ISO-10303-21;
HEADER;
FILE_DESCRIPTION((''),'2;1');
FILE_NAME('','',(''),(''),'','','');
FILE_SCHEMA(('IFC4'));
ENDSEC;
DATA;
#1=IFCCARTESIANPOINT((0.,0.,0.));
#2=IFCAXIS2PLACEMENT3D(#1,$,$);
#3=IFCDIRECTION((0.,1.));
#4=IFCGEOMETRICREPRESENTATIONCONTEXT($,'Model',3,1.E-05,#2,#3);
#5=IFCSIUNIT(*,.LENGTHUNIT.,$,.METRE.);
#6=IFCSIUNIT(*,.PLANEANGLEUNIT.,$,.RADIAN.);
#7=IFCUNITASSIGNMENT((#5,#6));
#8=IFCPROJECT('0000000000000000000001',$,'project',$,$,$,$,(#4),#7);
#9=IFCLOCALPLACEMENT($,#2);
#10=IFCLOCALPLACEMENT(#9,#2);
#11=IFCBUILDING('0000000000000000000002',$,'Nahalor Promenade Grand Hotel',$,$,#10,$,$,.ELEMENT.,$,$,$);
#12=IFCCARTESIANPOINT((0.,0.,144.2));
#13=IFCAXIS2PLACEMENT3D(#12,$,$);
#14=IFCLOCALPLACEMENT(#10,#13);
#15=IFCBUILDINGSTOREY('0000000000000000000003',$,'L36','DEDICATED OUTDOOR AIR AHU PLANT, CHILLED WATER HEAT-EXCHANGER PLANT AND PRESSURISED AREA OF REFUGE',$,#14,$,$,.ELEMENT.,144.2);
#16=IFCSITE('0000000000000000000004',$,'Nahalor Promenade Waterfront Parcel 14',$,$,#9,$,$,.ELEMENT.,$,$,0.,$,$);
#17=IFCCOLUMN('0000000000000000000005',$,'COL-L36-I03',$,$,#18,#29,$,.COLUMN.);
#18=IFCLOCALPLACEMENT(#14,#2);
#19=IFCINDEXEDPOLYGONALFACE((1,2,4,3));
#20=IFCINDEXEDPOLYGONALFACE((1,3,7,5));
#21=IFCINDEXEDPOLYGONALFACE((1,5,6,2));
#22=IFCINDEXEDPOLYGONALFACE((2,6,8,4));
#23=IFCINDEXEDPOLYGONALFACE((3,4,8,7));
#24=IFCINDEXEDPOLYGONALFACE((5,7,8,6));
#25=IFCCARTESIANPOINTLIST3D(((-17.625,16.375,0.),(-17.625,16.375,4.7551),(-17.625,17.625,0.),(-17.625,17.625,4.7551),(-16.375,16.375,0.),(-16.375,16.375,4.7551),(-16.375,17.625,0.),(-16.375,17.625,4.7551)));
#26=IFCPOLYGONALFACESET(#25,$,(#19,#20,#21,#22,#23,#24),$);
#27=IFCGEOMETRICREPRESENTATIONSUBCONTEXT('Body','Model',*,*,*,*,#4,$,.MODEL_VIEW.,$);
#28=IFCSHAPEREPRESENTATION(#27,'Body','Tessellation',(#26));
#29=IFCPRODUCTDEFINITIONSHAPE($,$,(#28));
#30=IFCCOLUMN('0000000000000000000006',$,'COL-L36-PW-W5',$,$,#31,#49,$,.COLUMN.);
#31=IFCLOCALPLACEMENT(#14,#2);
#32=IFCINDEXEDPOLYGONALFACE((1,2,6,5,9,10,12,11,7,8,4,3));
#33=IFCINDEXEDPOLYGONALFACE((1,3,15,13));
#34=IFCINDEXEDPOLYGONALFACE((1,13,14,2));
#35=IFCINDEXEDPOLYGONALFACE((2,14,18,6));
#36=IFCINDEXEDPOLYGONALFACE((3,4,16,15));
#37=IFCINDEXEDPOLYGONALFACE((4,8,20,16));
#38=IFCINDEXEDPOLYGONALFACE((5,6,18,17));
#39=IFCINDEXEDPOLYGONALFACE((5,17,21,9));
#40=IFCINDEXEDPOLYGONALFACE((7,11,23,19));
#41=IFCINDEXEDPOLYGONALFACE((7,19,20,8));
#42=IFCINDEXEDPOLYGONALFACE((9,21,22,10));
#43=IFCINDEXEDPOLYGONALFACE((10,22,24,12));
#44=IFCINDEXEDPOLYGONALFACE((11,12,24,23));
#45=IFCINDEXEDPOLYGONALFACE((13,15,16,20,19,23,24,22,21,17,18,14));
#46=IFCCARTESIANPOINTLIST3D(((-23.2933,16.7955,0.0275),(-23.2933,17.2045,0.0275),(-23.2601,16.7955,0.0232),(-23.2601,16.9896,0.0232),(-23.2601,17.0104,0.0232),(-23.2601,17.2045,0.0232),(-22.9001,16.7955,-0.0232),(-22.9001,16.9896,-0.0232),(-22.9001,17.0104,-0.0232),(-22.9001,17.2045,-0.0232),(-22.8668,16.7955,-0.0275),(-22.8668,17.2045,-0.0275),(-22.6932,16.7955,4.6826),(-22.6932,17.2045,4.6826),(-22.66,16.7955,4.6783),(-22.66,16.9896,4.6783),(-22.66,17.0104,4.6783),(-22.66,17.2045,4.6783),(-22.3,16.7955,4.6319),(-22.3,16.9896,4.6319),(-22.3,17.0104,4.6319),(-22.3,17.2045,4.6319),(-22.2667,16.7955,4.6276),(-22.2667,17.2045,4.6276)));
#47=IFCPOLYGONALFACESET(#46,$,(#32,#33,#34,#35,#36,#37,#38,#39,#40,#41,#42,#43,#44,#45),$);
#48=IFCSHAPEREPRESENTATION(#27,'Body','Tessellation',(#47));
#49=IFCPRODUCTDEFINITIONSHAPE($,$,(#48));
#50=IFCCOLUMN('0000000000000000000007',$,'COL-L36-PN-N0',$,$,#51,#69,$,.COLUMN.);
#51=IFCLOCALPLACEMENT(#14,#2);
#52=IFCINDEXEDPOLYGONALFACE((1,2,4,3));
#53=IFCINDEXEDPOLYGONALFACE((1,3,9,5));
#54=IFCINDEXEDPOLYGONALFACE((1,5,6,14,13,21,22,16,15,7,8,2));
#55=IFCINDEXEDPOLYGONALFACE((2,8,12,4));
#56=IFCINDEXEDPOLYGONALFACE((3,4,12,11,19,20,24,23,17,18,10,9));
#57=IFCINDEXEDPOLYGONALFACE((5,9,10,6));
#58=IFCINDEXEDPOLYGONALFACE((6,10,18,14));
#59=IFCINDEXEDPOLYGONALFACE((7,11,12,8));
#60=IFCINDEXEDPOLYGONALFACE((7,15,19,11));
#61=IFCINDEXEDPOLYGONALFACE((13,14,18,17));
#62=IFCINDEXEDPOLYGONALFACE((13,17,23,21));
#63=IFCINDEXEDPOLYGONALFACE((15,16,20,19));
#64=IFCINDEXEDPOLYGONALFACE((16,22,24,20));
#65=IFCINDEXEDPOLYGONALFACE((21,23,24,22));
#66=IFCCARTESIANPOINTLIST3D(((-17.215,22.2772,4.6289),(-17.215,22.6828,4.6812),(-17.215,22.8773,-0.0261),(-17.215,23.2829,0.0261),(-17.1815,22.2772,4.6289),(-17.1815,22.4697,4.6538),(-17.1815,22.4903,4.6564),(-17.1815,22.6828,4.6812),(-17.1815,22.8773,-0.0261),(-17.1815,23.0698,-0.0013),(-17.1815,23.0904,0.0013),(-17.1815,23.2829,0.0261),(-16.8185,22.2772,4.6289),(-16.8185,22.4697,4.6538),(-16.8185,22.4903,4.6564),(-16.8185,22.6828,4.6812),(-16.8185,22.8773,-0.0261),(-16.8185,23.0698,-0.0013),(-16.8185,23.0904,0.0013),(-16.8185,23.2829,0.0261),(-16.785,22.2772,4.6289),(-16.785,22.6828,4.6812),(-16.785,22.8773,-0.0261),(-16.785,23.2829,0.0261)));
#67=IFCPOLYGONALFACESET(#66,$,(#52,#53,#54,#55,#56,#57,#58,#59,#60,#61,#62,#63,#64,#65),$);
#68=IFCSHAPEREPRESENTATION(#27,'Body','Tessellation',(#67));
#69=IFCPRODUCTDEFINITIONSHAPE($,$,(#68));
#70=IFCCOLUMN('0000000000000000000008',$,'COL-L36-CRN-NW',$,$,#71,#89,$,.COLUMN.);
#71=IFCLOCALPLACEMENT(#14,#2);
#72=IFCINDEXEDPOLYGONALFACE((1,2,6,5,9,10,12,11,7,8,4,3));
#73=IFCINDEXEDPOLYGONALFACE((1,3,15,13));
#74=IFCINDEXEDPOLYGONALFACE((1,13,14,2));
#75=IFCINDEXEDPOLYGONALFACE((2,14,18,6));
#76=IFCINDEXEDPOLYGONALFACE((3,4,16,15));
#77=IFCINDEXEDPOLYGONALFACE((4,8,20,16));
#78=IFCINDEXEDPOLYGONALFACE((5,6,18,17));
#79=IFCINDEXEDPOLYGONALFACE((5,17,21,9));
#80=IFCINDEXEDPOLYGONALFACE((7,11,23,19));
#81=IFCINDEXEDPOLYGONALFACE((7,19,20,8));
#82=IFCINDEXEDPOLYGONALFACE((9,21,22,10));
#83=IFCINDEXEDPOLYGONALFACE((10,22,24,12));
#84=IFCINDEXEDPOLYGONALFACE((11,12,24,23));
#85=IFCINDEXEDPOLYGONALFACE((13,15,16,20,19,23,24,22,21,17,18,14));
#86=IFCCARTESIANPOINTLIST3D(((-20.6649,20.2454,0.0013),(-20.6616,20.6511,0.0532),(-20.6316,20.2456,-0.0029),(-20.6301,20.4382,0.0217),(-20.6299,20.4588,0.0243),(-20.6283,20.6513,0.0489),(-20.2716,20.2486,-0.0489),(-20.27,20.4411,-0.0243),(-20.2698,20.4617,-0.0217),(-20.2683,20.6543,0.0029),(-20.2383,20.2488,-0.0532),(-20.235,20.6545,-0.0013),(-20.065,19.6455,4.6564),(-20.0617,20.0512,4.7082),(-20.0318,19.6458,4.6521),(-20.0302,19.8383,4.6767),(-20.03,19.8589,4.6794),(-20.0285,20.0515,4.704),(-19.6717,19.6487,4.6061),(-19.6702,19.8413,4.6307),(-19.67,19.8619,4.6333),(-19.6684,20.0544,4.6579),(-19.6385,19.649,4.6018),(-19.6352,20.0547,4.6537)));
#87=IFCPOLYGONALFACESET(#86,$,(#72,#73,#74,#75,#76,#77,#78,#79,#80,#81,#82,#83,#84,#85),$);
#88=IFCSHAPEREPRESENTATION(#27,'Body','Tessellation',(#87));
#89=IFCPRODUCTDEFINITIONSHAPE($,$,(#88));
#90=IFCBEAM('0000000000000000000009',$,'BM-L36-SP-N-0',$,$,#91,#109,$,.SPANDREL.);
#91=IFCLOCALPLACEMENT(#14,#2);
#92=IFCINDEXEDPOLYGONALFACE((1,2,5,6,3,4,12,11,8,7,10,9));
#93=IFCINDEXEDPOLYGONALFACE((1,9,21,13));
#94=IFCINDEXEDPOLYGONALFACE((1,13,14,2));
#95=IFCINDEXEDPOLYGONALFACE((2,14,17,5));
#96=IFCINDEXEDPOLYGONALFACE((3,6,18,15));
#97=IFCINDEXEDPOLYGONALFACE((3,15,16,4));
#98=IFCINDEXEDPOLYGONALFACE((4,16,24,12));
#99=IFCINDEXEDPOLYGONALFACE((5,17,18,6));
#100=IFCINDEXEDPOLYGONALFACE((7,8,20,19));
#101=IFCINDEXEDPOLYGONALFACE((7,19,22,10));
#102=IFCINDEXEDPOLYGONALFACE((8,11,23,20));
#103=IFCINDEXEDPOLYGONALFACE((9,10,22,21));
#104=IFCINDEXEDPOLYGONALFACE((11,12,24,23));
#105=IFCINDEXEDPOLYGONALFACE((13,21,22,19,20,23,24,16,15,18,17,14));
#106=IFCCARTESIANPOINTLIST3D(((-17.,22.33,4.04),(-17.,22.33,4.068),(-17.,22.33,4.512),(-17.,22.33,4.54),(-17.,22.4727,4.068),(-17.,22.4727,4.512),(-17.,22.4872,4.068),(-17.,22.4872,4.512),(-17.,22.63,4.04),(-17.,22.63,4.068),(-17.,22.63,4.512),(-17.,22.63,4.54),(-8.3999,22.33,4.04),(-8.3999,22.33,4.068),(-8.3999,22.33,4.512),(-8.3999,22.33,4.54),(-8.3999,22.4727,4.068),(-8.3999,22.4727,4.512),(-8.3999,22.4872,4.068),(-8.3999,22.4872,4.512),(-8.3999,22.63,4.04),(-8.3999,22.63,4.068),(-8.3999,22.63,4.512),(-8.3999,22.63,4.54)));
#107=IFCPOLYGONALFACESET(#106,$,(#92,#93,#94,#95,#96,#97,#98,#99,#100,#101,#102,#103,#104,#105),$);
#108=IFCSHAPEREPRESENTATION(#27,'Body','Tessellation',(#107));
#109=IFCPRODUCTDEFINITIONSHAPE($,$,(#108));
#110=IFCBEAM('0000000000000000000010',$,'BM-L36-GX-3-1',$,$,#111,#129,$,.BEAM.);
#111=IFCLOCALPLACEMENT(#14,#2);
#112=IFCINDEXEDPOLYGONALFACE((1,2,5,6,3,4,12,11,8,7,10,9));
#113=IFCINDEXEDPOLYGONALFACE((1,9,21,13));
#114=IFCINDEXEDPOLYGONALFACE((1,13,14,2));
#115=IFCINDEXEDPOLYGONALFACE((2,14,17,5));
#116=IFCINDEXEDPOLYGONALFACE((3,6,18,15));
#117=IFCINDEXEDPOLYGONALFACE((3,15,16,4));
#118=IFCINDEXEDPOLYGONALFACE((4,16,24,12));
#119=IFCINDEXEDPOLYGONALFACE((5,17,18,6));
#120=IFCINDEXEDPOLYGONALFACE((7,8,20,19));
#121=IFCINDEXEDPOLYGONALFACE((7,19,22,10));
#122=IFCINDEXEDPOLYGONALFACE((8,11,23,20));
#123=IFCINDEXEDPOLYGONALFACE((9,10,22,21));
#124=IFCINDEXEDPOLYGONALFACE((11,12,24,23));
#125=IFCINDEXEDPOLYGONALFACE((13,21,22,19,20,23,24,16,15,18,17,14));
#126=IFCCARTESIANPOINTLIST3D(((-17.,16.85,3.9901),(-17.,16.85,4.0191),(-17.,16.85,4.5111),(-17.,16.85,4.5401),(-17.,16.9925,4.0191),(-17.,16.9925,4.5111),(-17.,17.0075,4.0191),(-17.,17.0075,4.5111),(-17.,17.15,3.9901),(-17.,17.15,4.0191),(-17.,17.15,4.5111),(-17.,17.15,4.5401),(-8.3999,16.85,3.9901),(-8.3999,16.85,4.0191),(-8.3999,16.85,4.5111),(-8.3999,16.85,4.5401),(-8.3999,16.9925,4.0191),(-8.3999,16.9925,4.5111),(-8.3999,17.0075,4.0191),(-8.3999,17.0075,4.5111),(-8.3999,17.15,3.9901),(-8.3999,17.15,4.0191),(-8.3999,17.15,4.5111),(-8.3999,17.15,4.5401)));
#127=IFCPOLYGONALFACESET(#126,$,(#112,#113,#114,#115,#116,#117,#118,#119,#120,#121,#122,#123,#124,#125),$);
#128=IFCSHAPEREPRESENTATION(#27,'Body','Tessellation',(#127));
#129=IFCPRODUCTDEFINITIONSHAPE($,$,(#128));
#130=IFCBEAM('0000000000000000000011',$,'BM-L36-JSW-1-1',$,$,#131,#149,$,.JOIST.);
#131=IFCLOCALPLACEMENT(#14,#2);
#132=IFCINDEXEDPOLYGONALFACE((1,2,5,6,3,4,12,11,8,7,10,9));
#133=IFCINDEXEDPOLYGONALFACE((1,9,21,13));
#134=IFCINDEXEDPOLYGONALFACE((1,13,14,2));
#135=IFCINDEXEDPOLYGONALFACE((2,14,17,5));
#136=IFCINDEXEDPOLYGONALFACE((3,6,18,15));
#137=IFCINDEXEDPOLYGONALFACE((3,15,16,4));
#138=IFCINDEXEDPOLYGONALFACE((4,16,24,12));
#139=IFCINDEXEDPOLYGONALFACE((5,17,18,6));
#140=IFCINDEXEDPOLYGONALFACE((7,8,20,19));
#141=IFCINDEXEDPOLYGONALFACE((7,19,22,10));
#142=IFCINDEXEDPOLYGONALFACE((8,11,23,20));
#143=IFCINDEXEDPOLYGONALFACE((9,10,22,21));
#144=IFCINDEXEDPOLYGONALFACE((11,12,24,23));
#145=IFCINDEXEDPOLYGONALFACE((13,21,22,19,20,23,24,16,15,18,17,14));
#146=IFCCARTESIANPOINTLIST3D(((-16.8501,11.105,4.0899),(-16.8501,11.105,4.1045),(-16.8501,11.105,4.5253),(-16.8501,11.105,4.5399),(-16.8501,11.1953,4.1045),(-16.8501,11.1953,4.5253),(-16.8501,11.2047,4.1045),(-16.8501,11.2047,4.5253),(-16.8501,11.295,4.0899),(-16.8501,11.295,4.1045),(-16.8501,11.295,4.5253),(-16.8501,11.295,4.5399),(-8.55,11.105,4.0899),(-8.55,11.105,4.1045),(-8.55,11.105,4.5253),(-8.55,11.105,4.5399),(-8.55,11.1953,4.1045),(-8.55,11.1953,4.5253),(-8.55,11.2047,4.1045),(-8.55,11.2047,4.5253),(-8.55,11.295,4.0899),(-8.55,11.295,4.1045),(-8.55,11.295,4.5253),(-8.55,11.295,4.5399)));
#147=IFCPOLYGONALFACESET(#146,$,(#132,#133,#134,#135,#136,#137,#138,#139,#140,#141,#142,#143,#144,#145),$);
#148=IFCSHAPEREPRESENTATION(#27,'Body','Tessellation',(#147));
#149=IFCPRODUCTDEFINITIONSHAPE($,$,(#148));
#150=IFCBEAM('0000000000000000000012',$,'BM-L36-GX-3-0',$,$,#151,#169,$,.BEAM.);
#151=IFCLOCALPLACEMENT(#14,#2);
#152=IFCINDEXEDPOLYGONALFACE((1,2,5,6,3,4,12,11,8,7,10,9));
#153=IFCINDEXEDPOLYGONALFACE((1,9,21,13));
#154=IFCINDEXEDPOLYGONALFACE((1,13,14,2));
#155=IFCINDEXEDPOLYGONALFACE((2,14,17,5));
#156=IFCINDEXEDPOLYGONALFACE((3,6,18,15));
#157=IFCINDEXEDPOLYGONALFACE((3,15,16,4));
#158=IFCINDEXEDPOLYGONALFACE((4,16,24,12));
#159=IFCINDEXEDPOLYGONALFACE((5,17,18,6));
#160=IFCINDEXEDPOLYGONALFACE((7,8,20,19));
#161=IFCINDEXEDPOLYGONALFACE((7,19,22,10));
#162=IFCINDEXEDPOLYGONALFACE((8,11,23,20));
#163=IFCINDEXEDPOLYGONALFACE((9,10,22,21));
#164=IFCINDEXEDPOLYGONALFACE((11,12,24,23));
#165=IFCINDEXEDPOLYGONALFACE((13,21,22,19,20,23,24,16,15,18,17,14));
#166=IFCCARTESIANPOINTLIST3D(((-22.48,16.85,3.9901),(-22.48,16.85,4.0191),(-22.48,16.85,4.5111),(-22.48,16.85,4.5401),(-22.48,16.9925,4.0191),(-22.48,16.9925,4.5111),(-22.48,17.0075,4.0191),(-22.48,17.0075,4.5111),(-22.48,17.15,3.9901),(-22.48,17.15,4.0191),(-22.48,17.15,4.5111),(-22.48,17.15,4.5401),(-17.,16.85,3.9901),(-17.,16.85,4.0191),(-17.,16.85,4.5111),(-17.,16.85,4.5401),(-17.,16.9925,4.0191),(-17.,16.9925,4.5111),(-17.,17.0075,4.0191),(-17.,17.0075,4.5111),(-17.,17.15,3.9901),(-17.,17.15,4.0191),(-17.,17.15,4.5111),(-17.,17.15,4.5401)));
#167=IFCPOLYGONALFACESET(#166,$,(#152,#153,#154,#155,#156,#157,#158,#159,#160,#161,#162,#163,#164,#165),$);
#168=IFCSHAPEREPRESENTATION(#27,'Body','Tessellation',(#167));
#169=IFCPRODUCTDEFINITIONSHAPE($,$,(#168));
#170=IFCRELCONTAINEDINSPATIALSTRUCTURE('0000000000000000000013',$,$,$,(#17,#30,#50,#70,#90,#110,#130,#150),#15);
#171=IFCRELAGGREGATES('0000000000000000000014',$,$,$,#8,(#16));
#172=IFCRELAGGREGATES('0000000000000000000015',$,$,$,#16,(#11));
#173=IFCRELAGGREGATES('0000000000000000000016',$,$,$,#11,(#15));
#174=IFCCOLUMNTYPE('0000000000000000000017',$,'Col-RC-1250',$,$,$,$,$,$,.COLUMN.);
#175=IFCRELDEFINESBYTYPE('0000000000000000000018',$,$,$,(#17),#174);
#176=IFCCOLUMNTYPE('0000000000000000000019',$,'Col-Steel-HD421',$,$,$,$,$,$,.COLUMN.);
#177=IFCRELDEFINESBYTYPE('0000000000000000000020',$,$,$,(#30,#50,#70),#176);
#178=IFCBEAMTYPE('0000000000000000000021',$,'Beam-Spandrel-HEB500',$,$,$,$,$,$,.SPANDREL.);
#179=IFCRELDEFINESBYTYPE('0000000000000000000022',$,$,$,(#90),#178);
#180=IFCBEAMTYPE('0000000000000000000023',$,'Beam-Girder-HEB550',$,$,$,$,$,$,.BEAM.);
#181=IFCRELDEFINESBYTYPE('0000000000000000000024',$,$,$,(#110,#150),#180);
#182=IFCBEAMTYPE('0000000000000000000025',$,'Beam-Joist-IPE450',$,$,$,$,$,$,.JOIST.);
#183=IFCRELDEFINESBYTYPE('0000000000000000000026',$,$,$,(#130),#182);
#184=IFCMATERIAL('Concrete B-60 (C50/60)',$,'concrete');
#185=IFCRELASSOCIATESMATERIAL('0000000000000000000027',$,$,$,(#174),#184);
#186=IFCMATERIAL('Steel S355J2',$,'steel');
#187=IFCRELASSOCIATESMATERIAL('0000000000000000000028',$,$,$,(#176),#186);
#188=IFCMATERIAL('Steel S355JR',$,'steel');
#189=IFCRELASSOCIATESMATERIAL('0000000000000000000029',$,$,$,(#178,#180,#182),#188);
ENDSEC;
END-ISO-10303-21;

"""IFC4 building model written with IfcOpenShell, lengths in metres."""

from ifc_helpers import new_model, si_unit, direction, frame, origin, origin_2d, place, context, subcontext, project, spatial, rectangle, i_section, extrude, source, transform, mapped, material, material_profile, profile_set, type_object, element, save


model = new_model("IFC4")

# Units and contexts
model_context = context("Model", 3, precision=1e-05, world=origin(), true_north=direction((0.0, 1.0)))
body_context = subcontext(model_context, "Body", "Model", "MODEL_VIEW")
ifc_project = project(units=[si_unit("LENGTHUNIT", "METRE"), si_unit("PLANEANGLEUNIT", "RADIAN")], contexts=[model_context])

# Site, building, storey
site_placement = place(None, origin())
site = spatial("IfcSite", under=ifc_project, at=site_placement, Name="Nahalor Promenade Waterfront Parcel 14", CompositionType="ELEMENT", RefElevation=0.0)
building_placement = place(site_placement, origin())
building = spatial("IfcBuilding", under=site, at=building_placement, Name="Nahalor Promenade Grand Hotel", CompositionType="ELEMENT")
storey_placement = place(building_placement, frame((0.0, 0.0, 144.2)))
storey = spatial("IfcBuildingStorey", under=building, at=storey_placement, Name="L36", Description="DEDICATED OUTDOOR AIR AHU PLANT, CHILLED WATER HEAT-EXCHANGER PLANT AND PRESSURISED AREA OF REFUGE", CompositionType="ELEMENT", Elevation=144.2)

# Columns
ifc_material_1 = material(Name="Concrete B-60 (C50/60)", Category="concrete")
ifc_material_profile_1 = material_profile(ifc_material_1, rectangle(XDim=1.25, YDim=1.25, at=origin_2d()), Name="RC 1250x1250")
ifc_profile_set_1 = profile_set([ifc_material_profile_1], Name="Concrete B-60 (C50/60)")
column_type_1 = type_object("IfcColumnType", Name="Col-RC-1250", PredefinedType="COLUMN", material=ifc_profile_set_1)
shared_shape_1 = source(origin(), body_context, "Body", "SweptSolid", [
    extrude(rectangle(XDim=1.25, YDim=1.25, at=origin_2d()), origin(), (0.0, 0.0, 1.0), 4.7551),
])
column_1_placement = place(storey_placement, frame((-17.0, 17.0, 0.0), z_axis=(0.0, 0.0, 1.0), x_axis=(1.0, 0.0, 0.0)))
element("IfcColumn", 1, at=column_1_placement, inside=storey, type_object=column_type_1, Name="COL-L36-I03", PredefinedType="COLUMN", context=body_context, shape_type="MappedRepresentation", body=[
    mapped(shared_shape_1, transform((0.0, 0.0, 0.0), scale=1.0)),
])
ifc_material_2 = material(Name="Steel S355J2", Category="steel")
ifc_material_profile_2 = material_profile(ifc_material_2, i_section(OverallWidth=0.409, OverallDepth=0.43, WebThickness=0.0208, FlangeThickness=0.0335, at=origin_2d()), Name="HD 400x421")
ifc_profile_set_2 = profile_set([ifc_material_profile_2], Name="Steel S355J2")
column_type_2 = type_object("IfcColumnType", Name="Col-Steel-HD421", PredefinedType="COLUMN", material=ifc_profile_set_2)
shared_shape_2 = source(origin(), body_context, "Body", "SweptSolid", [
    extrude(i_section(OverallWidth=0.409, OverallDepth=0.43, WebThickness=0.0208, FlangeThickness=0.0335, at=origin_2d()), origin(), (0.0, 0.0, 1.0), 4.6936),
])
for number, where, z_axis, x_axis, name in (
    (2, (-23.0801, 17.0, 0.0), (0.127856, 0.0, 0.991793), (0.0, 1.0, 0.0), "COL-L36-PW-W5"),
    (3, (-17.0, 23.0801, 0.0), (0.0, -0.127856, 0.991793), (0.0, 0.991793, 0.127856), "COL-L36-PN-N0"),
):
    element("IfcColumn", number, at=place(storey_placement, frame(where, z_axis=z_axis, x_axis=x_axis)), inside=storey, type_object=column_type_2, Name=name, PredefinedType="COLUMN", context=body_context, shape_type="MappedRepresentation", body=[
        mapped(shared_shape_2, transform((0.0, 0.0, 0.0), scale=1.0)),
    ])
shared_shape_3 = source(origin(), body_context, "Body", "SweptSolid", [
    extrude(i_section(OverallWidth=0.409, OverallDepth=0.43, WebThickness=0.0208, FlangeThickness=0.0335, at=origin_2d()), origin(), (0.0, 0.0, 1.0), 4.7317),
])
column_2_placement = place(storey_placement, frame((-20.45, 20.45, 0.0), z_axis=(0.126773, -0.126773, 0.983797), x_axis=(0.008101, 0.991899, 0.126773)))
element("IfcColumn", 4, at=column_2_placement, inside=storey, type_object=column_type_2, Name="COL-L36-CRN-NW", PredefinedType="COLUMN", context=body_context, shape_type="MappedRepresentation", body=[
    mapped(shared_shape_3, transform((0.0, 0.0, 0.0), scale=1.0)),
])

# Beams
ifc_material_3 = material(Name="Steel S355JR", Category="steel")
ifc_material_profile_3 = material_profile(ifc_material_3, i_section(OverallWidth=0.3, OverallDepth=0.5, WebThickness=0.0145, FlangeThickness=0.028, at=origin_2d()), Name="HEB 500")
ifc_profile_set_3 = profile_set([ifc_material_profile_3], Name="Steel S355JR")
beam_type_1 = type_object("IfcBeamType", Name="Beam-Spandrel-HEB500", PredefinedType="SPANDREL", material=ifc_profile_set_3)
shared_shape_4 = source(origin(), body_context, "Body", "SweptSolid", [
    extrude(i_section(OverallWidth=0.3, OverallDepth=0.5, WebThickness=0.0145, FlangeThickness=0.028, at=origin_2d()), origin(), (0.0, 0.0, 1.0), 8.6001),
])
beam_1_placement = place(storey_placement, frame((-17.0, 22.48, 4.29), z_axis=(1.0, 0.0, 0.0), x_axis=(0.0, 1.0, 0.0)))
element("IfcBeam", 5, at=beam_1_placement, inside=storey, type_object=beam_type_1, Name="BM-L36-SP-N-0", PredefinedType="SPANDREL", context=body_context, shape_type="MappedRepresentation", body=[
    mapped(shared_shape_4, transform((0.0, 0.0, 0.0), scale=1.0)),
])
ifc_material_profile_4 = material_profile(ifc_material_3, i_section(OverallWidth=0.3, OverallDepth=0.55, WebThickness=0.015, FlangeThickness=0.029, at=origin_2d()), Name="HEB 550")
ifc_profile_set_4 = profile_set([ifc_material_profile_4], Name="Steel S355JR")
beam_type_2 = type_object("IfcBeamType", Name="Beam-Girder-HEB550", PredefinedType="BEAM", material=ifc_profile_set_4)
shared_shape_5 = source(origin(), body_context, "Body", "SweptSolid", [
    extrude(i_section(OverallWidth=0.3, OverallDepth=0.55, WebThickness=0.015, FlangeThickness=0.029, at=origin_2d()), origin(), (0.0, 0.0, 1.0), 8.6001),
])
beam_2_placement = place(storey_placement, frame((-17.0, 17.0, 4.2651), z_axis=(1.0, 0.0, 0.0), x_axis=(0.0, 1.0, 0.0)))
element("IfcBeam", 6, at=beam_2_placement, inside=storey, type_object=beam_type_2, Name="BM-L36-GX-3-1", PredefinedType="BEAM", context=body_context, shape_type="MappedRepresentation", body=[
    mapped(shared_shape_5, transform((0.0, 0.0, 0.0), scale=1.0)),
])
ifc_material_profile_5 = material_profile(ifc_material_3, i_section(OverallWidth=0.19, OverallDepth=0.45, WebThickness=0.0094, FlangeThickness=0.0146, at=origin_2d()), Name="IPE 450")
ifc_profile_set_5 = profile_set([ifc_material_profile_5], Name="Steel S355JR")
beam_type_3 = type_object("IfcBeamType", Name="Beam-Joist-IPE450", PredefinedType="JOIST", material=ifc_profile_set_5)
shared_shape_6 = source(origin(), body_context, "Body", "SweptSolid", [
    extrude(i_section(OverallWidth=0.19, OverallDepth=0.45, WebThickness=0.0094, FlangeThickness=0.0146, at=origin_2d()), origin(), (0.0, 0.0, 1.0), 8.3),
])
beam_3_placement = place(storey_placement, frame((-16.8501, 11.2, 4.3149), z_axis=(1.0, 0.0, 0.0), x_axis=(0.0, 1.0, 0.0)))
element("IfcBeam", 7, at=beam_3_placement, inside=storey, type_object=beam_type_3, Name="BM-L36-JSW-1-1", PredefinedType="JOIST", context=body_context, shape_type="MappedRepresentation", body=[
    mapped(shared_shape_6, transform((0.0, 0.0, 0.0), scale=1.0)),
])
shared_shape_7 = source(origin(), body_context, "Body", "SweptSolid", [
    extrude(i_section(OverallWidth=0.3, OverallDepth=0.55, WebThickness=0.015, FlangeThickness=0.029, at=origin_2d()), origin(), (0.0, 0.0, 1.0), 5.48),
])
for number, where, z_axis, x_axis, name in (
    (8, (-22.48, 17.0, 4.2651), (1.0, 0.0, 0.0), (0.0, 1.0, 0.0), "BM-L36-GX-3-0"),
):
    element("IfcBeam", number, at=place(storey_placement, frame(where, z_axis=z_axis, x_axis=x_axis)), inside=storey, type_object=beam_type_2, Name=name, PredefinedType="BEAM", context=body_context, shape_type="MappedRepresentation", body=[
        mapped(shared_shape_7, transform((0.0, 0.0, 0.0), scale=1.0)),
    ])

save(model, "model.ifc")
